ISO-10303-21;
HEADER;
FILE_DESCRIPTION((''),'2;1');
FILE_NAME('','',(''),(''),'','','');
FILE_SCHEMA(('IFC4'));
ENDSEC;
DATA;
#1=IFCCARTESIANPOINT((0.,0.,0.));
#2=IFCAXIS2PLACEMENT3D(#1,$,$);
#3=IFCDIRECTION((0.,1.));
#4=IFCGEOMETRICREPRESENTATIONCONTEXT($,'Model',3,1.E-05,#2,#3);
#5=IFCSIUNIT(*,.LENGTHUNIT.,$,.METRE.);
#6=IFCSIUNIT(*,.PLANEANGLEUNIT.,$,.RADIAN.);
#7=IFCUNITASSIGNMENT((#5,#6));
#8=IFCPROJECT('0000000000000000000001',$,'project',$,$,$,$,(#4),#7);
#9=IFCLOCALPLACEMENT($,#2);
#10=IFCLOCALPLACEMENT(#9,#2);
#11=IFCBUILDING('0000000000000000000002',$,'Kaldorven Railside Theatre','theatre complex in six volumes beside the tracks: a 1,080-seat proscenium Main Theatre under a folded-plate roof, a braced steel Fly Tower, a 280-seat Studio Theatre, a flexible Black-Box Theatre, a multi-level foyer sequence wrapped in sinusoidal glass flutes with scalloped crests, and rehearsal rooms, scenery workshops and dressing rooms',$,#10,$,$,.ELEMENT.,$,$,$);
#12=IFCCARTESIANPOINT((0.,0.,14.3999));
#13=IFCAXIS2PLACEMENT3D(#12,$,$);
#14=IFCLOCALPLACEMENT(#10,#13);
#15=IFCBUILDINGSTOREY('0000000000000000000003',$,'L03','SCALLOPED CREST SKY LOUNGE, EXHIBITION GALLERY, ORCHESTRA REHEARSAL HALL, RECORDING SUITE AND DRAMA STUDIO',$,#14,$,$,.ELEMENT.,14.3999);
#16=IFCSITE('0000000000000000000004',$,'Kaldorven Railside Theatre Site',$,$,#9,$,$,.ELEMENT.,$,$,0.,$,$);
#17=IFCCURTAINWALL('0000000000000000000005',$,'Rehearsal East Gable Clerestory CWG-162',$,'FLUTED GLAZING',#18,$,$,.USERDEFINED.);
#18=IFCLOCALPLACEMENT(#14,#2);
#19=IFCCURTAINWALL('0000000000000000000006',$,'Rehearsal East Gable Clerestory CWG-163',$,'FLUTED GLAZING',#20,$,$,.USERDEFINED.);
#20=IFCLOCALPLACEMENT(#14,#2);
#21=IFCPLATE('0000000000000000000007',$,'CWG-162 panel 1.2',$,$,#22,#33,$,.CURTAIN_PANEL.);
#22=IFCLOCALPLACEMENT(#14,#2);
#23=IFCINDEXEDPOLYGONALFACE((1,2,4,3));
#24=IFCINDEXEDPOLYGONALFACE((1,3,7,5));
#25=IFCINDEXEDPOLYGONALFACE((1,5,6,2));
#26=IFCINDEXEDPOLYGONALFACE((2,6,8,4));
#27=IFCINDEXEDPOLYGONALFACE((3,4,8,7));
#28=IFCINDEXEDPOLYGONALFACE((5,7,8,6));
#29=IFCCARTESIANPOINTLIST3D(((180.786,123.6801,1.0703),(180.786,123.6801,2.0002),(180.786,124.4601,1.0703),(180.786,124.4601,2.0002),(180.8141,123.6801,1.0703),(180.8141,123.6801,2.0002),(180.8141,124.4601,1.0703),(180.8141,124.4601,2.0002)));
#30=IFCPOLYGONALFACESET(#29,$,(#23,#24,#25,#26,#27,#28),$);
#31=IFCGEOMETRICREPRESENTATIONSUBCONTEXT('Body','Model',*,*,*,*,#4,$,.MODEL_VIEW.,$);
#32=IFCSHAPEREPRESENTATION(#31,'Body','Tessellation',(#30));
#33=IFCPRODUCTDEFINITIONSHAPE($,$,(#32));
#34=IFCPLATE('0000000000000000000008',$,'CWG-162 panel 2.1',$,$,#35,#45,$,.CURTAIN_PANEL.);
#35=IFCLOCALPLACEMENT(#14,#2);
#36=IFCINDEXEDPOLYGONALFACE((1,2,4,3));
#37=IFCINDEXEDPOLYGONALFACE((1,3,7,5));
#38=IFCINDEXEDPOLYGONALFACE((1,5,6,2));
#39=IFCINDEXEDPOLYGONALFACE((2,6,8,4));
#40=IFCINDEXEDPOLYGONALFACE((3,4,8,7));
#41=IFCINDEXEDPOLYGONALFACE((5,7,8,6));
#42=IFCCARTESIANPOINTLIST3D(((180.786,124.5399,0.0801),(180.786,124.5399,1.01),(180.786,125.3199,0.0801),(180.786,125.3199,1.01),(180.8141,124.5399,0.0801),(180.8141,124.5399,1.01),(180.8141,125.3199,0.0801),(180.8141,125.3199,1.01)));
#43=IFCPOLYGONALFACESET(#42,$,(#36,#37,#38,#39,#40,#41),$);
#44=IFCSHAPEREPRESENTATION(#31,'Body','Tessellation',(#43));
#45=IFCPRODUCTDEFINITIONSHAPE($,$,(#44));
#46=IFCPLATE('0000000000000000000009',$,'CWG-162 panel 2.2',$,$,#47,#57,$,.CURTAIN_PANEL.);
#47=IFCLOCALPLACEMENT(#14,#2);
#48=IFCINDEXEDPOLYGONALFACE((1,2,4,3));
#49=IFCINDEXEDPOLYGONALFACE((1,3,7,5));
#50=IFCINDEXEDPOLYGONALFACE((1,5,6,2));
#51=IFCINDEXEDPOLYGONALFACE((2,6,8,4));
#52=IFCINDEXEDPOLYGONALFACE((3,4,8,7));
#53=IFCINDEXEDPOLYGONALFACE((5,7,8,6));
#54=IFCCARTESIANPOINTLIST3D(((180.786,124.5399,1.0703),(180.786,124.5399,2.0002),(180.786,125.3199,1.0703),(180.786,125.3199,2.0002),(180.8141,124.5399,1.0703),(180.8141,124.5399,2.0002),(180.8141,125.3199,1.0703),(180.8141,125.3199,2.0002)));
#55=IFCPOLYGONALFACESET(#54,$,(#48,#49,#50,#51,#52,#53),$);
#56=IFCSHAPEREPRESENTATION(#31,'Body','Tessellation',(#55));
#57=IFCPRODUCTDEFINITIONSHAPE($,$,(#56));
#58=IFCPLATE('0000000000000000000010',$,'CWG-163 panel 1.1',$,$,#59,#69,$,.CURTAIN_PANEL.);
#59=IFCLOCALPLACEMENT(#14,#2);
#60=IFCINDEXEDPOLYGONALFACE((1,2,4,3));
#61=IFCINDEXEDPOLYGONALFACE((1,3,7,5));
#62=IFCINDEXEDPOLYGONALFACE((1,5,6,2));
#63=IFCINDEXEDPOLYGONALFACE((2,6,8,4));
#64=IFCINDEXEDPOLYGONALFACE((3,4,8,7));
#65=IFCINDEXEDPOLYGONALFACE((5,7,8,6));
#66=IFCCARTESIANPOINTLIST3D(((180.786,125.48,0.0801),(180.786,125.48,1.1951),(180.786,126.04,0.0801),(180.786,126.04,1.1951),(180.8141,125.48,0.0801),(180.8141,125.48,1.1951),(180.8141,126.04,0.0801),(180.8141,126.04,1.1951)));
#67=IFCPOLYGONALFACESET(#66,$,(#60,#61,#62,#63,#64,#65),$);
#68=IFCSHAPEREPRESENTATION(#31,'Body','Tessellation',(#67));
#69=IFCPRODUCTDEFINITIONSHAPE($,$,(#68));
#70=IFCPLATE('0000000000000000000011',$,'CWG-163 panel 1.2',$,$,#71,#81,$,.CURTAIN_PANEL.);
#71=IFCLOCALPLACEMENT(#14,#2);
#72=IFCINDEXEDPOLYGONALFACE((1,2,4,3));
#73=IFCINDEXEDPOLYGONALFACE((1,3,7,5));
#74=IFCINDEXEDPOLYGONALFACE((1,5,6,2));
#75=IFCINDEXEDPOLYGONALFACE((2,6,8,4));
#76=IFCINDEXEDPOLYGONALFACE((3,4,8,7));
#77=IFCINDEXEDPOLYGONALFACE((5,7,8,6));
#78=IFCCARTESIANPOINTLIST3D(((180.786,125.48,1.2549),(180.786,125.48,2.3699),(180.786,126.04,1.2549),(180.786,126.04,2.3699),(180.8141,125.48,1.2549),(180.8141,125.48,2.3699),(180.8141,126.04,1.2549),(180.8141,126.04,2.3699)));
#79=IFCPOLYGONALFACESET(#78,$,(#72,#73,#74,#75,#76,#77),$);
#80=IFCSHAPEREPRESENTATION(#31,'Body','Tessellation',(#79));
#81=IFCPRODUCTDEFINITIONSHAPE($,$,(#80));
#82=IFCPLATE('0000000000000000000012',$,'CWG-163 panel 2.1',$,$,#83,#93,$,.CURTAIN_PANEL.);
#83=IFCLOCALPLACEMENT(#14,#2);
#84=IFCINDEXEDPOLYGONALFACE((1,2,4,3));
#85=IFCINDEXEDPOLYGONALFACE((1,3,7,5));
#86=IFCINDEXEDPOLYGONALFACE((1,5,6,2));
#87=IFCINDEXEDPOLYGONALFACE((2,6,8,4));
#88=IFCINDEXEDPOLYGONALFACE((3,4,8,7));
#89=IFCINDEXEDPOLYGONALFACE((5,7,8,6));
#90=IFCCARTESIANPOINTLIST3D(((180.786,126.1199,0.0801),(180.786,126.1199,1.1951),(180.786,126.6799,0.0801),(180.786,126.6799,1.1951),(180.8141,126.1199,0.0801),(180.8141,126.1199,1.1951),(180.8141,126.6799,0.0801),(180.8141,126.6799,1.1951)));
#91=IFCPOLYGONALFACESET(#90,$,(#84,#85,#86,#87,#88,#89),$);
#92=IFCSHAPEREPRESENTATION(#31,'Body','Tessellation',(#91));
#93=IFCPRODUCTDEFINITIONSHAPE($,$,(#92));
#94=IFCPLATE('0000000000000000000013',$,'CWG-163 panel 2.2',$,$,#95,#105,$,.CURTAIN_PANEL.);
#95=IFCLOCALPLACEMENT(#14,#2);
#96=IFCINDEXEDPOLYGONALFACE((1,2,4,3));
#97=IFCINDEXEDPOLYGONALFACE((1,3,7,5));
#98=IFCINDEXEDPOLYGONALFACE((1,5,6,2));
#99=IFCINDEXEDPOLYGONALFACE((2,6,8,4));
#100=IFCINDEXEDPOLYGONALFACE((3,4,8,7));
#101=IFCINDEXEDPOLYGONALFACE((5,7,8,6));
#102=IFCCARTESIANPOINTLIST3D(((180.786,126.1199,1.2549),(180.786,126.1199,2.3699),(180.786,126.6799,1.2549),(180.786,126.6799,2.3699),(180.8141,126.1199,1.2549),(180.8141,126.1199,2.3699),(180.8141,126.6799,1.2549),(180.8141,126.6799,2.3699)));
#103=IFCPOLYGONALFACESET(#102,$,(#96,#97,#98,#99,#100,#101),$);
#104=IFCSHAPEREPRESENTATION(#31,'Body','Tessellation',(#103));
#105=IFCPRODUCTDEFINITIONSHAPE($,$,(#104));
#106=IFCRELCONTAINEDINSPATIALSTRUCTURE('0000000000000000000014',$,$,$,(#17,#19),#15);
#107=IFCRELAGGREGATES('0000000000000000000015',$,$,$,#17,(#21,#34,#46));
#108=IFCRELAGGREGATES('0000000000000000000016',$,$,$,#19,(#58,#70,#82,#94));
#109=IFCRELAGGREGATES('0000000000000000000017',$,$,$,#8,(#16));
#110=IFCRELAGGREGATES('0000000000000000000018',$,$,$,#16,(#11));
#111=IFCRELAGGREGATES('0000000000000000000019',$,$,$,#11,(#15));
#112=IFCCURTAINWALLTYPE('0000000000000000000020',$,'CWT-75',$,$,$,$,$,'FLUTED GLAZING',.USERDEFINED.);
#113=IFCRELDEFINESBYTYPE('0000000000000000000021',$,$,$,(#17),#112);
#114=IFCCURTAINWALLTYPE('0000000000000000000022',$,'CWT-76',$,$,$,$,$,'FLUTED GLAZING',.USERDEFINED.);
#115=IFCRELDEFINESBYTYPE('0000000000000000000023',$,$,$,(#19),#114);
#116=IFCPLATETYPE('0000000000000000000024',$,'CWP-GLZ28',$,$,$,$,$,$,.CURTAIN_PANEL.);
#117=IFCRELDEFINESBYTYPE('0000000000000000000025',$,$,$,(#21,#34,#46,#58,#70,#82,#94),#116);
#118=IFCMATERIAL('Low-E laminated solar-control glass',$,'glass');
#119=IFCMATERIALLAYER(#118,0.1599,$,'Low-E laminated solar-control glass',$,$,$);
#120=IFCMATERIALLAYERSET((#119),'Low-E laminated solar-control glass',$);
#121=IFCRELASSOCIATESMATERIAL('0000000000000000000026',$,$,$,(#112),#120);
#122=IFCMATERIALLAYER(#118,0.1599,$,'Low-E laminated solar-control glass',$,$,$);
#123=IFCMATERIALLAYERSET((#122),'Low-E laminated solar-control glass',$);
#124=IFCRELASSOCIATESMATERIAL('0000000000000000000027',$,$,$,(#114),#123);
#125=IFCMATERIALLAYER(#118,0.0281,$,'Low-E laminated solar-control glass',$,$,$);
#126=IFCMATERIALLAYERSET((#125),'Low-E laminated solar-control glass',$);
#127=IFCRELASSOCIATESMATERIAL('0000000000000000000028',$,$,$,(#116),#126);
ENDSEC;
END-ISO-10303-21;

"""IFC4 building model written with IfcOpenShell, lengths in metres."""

from ifc_helpers import new_model, si_unit, direction, frame, origin, origin_2d, place, context, subcontext, project, spatial, rectangle, extrude, material, layer, layer_set, type_object, element, aggregate, save


model = new_model("IFC4")

# Units and contexts
model_context = context("Model", 3, precision=1e-05, world=origin(), true_north=direction((0.0, 1.0)))
body_context = subcontext(model_context, "Body", "Model", "MODEL_VIEW")
ifc_project = project(units=[si_unit("LENGTHUNIT", "METRE"), si_unit("PLANEANGLEUNIT", "RADIAN")], contexts=[model_context])

# Site, building, storey
site_placement = place(None, origin())
site = spatial("IfcSite", under=ifc_project, at=site_placement, Name="Kaldorven Railside Theatre Site", CompositionType="ELEMENT", RefElevation=0.0)
building_placement = place(site_placement, origin())
building = spatial("IfcBuilding", under=site, at=building_placement, Name="Kaldorven Railside Theatre", Description="theatre complex in six volumes beside the tracks: a 1,080-seat proscenium Main Theatre under a folded-plate roof, a braced steel Fly Tower, a 280-seat Studio Theatre, a flexible Black-Box Theatre, a multi-level foyer sequence wrapped in sinusoidal glass flutes with scalloped crests, and rehearsal rooms, scenery workshops and dressing rooms", CompositionType="ELEMENT")
storey_placement = place(building_placement, frame((0.0, 0.0, 14.3999)))
storey = spatial("IfcBuildingStorey", under=building, at=storey_placement, Name="L03", Description="SCALLOPED CREST SKY LOUNGE, EXHIBITION GALLERY, ORCHESTRA REHEARSAL HALL, RECORDING SUITE AND DRAMA STUDIO", CompositionType="ELEMENT", Elevation=14.3999)

# Curtain walls
ifc_material_1 = material(Name="Low-E laminated solar-control glass", Category="glass")
ifc_layer_1 = layer(ifc_material_1, 0.1599, Name="Low-E laminated solar-control glass")
ifc_layer_set_1 = layer_set([ifc_layer_1], Name="Low-E laminated solar-control glass")
curtain_wall_type_1 = type_object("IfcCurtainWallType", Name="CWT-75", ElementType="FLUTED GLAZING", PredefinedType="USERDEFINED", material=ifc_layer_set_1)
curtain_wall_1_placement = place(storey_placement, origin())
curtain_wall_1 = element("IfcCurtainWall", 1, at=curtain_wall_1_placement, inside=storey, type_object=curtain_wall_type_1, Name="Rehearsal East Gable Clerestory CWG-162", ObjectType="FLUTED GLAZING", PredefinedType="USERDEFINED")
ifc_layer_2 = layer(ifc_material_1, 0.1599, Name="Low-E laminated solar-control glass")
ifc_layer_set_2 = layer_set([ifc_layer_2], Name="Low-E laminated solar-control glass")
curtain_wall_type_2 = type_object("IfcCurtainWallType", Name="CWT-76", ElementType="FLUTED GLAZING", PredefinedType="USERDEFINED", material=ifc_layer_set_2)
curtain_wall_2_placement = place(storey_placement, origin())
curtain_wall_2 = element("IfcCurtainWall", 2, at=curtain_wall_2_placement, inside=storey, type_object=curtain_wall_type_2, Name="Rehearsal East Gable Clerestory CWG-163", ObjectType="FLUTED GLAZING", PredefinedType="USERDEFINED")

# Plates
ifc_layer_3 = layer(ifc_material_1, 0.0281, Name="Low-E laminated solar-control glass")
ifc_layer_set_3 = layer_set([ifc_layer_3], Name="Low-E laminated solar-control glass")
plate_type = type_object("IfcPlateType", Name="CWP-GLZ28", PredefinedType="CURTAIN_PANEL", material=ifc_layer_set_3)
plate_1_placement = place(storey_placement, frame((180.8, 124.0701, 1.0703), z_axis=(0.0, 0.0, 1.0), x_axis=(0.0, 1.0, 0.0)))
plate_1 = element("IfcPlate", 3, at=plate_1_placement, type_object=plate_type, Name="CWG-162 panel 1.2", PredefinedType="CURTAIN_PANEL", context=body_context, shape_type="SweptSolid", body=[
    extrude(rectangle(XDim=0.78, YDim=0.0281, at=origin_2d()), origin(), (0.0, 0.0, 1.0), 0.9299),
])
plate_2_placement = place(storey_placement, frame((180.8, 124.9299, 0.0801), z_axis=(0.0, 0.0, 1.0), x_axis=(0.0, 1.0, 0.0)))
plate_2 = element("IfcPlate", 4, at=plate_2_placement, type_object=plate_type, Name="CWG-162 panel 2.1", PredefinedType="CURTAIN_PANEL", context=body_context, shape_type="SweptSolid", body=[
    extrude(rectangle(XDim=0.78, YDim=0.0281, at=origin_2d()), origin(), (0.0, 0.0, 1.0), 0.9299),
])
plate_3_placement = place(storey_placement, frame((180.8, 124.9299, 1.0703), z_axis=(0.0, 0.0, 1.0), x_axis=(0.0, 1.0, 0.0)))
plate_3 = element("IfcPlate", 5, at=plate_3_placement, type_object=plate_type, Name="CWG-162 panel 2.2", PredefinedType="CURTAIN_PANEL", context=body_context, shape_type="SweptSolid", body=[
    extrude(rectangle(XDim=0.78, YDim=0.0281, at=origin_2d()), origin(), (0.0, 0.0, 1.0), 0.9299),
])
aggregate(curtain_wall_1, [plate_1, plate_2, plate_3])
plate_4_placement = place(storey_placement, frame((180.8, 125.76, 0.0801), z_axis=(0.0, 0.0, 1.0), x_axis=(0.0, 1.0, 0.0)))
plate_4 = element("IfcPlate", 6, at=plate_4_placement, type_object=plate_type, Name="CWG-163 panel 1.1", PredefinedType="CURTAIN_PANEL", context=body_context, shape_type="SweptSolid", body=[
    extrude(rectangle(XDim=0.5601, YDim=0.0281, at=origin_2d()), origin(), (0.0, 0.0, 1.0), 1.115),
])
plate_5_placement = place(storey_placement, frame((180.8, 125.76, 1.2549), z_axis=(0.0, 0.0, 1.0), x_axis=(0.0, 1.0, 0.0)))
plate_5 = element("IfcPlate", 7, at=plate_5_placement, type_object=plate_type, Name="CWG-163 panel 1.2", PredefinedType="CURTAIN_PANEL", context=body_context, shape_type="SweptSolid", body=[
    extrude(rectangle(XDim=0.5601, YDim=0.0281, at=origin_2d()), origin(), (0.0, 0.0, 1.0), 1.115),
])
plate_6_placement = place(storey_placement, frame((180.8, 126.3999, 0.0801), z_axis=(0.0, 0.0, 1.0), x_axis=(0.0, 1.0, 0.0)))
plate_6 = element("IfcPlate", 8, at=plate_6_placement, type_object=plate_type, Name="CWG-163 panel 2.1", PredefinedType="CURTAIN_PANEL", context=body_context, shape_type="SweptSolid", body=[
    extrude(rectangle(XDim=0.5601, YDim=0.0281, at=origin_2d()), origin(), (0.0, 0.0, 1.0), 1.115),
])
plate_7_placement = place(storey_placement, frame((180.8, 126.3999, 1.2549), z_axis=(0.0, 0.0, 1.0), x_axis=(0.0, 1.0, 0.0)))
plate_7 = element("IfcPlate", 9, at=plate_7_placement, type_object=plate_type, Name="CWG-163 panel 2.2", PredefinedType="CURTAIN_PANEL", context=body_context, shape_type="SweptSolid", body=[
    extrude(rectangle(XDim=0.5601, YDim=0.0281, at=origin_2d()), origin(), (0.0, 0.0, 1.0), 1.115),
])
aggregate(curtain_wall_2, [plate_4, plate_5, plate_6, plate_7])

save(model, "model.ifc")
